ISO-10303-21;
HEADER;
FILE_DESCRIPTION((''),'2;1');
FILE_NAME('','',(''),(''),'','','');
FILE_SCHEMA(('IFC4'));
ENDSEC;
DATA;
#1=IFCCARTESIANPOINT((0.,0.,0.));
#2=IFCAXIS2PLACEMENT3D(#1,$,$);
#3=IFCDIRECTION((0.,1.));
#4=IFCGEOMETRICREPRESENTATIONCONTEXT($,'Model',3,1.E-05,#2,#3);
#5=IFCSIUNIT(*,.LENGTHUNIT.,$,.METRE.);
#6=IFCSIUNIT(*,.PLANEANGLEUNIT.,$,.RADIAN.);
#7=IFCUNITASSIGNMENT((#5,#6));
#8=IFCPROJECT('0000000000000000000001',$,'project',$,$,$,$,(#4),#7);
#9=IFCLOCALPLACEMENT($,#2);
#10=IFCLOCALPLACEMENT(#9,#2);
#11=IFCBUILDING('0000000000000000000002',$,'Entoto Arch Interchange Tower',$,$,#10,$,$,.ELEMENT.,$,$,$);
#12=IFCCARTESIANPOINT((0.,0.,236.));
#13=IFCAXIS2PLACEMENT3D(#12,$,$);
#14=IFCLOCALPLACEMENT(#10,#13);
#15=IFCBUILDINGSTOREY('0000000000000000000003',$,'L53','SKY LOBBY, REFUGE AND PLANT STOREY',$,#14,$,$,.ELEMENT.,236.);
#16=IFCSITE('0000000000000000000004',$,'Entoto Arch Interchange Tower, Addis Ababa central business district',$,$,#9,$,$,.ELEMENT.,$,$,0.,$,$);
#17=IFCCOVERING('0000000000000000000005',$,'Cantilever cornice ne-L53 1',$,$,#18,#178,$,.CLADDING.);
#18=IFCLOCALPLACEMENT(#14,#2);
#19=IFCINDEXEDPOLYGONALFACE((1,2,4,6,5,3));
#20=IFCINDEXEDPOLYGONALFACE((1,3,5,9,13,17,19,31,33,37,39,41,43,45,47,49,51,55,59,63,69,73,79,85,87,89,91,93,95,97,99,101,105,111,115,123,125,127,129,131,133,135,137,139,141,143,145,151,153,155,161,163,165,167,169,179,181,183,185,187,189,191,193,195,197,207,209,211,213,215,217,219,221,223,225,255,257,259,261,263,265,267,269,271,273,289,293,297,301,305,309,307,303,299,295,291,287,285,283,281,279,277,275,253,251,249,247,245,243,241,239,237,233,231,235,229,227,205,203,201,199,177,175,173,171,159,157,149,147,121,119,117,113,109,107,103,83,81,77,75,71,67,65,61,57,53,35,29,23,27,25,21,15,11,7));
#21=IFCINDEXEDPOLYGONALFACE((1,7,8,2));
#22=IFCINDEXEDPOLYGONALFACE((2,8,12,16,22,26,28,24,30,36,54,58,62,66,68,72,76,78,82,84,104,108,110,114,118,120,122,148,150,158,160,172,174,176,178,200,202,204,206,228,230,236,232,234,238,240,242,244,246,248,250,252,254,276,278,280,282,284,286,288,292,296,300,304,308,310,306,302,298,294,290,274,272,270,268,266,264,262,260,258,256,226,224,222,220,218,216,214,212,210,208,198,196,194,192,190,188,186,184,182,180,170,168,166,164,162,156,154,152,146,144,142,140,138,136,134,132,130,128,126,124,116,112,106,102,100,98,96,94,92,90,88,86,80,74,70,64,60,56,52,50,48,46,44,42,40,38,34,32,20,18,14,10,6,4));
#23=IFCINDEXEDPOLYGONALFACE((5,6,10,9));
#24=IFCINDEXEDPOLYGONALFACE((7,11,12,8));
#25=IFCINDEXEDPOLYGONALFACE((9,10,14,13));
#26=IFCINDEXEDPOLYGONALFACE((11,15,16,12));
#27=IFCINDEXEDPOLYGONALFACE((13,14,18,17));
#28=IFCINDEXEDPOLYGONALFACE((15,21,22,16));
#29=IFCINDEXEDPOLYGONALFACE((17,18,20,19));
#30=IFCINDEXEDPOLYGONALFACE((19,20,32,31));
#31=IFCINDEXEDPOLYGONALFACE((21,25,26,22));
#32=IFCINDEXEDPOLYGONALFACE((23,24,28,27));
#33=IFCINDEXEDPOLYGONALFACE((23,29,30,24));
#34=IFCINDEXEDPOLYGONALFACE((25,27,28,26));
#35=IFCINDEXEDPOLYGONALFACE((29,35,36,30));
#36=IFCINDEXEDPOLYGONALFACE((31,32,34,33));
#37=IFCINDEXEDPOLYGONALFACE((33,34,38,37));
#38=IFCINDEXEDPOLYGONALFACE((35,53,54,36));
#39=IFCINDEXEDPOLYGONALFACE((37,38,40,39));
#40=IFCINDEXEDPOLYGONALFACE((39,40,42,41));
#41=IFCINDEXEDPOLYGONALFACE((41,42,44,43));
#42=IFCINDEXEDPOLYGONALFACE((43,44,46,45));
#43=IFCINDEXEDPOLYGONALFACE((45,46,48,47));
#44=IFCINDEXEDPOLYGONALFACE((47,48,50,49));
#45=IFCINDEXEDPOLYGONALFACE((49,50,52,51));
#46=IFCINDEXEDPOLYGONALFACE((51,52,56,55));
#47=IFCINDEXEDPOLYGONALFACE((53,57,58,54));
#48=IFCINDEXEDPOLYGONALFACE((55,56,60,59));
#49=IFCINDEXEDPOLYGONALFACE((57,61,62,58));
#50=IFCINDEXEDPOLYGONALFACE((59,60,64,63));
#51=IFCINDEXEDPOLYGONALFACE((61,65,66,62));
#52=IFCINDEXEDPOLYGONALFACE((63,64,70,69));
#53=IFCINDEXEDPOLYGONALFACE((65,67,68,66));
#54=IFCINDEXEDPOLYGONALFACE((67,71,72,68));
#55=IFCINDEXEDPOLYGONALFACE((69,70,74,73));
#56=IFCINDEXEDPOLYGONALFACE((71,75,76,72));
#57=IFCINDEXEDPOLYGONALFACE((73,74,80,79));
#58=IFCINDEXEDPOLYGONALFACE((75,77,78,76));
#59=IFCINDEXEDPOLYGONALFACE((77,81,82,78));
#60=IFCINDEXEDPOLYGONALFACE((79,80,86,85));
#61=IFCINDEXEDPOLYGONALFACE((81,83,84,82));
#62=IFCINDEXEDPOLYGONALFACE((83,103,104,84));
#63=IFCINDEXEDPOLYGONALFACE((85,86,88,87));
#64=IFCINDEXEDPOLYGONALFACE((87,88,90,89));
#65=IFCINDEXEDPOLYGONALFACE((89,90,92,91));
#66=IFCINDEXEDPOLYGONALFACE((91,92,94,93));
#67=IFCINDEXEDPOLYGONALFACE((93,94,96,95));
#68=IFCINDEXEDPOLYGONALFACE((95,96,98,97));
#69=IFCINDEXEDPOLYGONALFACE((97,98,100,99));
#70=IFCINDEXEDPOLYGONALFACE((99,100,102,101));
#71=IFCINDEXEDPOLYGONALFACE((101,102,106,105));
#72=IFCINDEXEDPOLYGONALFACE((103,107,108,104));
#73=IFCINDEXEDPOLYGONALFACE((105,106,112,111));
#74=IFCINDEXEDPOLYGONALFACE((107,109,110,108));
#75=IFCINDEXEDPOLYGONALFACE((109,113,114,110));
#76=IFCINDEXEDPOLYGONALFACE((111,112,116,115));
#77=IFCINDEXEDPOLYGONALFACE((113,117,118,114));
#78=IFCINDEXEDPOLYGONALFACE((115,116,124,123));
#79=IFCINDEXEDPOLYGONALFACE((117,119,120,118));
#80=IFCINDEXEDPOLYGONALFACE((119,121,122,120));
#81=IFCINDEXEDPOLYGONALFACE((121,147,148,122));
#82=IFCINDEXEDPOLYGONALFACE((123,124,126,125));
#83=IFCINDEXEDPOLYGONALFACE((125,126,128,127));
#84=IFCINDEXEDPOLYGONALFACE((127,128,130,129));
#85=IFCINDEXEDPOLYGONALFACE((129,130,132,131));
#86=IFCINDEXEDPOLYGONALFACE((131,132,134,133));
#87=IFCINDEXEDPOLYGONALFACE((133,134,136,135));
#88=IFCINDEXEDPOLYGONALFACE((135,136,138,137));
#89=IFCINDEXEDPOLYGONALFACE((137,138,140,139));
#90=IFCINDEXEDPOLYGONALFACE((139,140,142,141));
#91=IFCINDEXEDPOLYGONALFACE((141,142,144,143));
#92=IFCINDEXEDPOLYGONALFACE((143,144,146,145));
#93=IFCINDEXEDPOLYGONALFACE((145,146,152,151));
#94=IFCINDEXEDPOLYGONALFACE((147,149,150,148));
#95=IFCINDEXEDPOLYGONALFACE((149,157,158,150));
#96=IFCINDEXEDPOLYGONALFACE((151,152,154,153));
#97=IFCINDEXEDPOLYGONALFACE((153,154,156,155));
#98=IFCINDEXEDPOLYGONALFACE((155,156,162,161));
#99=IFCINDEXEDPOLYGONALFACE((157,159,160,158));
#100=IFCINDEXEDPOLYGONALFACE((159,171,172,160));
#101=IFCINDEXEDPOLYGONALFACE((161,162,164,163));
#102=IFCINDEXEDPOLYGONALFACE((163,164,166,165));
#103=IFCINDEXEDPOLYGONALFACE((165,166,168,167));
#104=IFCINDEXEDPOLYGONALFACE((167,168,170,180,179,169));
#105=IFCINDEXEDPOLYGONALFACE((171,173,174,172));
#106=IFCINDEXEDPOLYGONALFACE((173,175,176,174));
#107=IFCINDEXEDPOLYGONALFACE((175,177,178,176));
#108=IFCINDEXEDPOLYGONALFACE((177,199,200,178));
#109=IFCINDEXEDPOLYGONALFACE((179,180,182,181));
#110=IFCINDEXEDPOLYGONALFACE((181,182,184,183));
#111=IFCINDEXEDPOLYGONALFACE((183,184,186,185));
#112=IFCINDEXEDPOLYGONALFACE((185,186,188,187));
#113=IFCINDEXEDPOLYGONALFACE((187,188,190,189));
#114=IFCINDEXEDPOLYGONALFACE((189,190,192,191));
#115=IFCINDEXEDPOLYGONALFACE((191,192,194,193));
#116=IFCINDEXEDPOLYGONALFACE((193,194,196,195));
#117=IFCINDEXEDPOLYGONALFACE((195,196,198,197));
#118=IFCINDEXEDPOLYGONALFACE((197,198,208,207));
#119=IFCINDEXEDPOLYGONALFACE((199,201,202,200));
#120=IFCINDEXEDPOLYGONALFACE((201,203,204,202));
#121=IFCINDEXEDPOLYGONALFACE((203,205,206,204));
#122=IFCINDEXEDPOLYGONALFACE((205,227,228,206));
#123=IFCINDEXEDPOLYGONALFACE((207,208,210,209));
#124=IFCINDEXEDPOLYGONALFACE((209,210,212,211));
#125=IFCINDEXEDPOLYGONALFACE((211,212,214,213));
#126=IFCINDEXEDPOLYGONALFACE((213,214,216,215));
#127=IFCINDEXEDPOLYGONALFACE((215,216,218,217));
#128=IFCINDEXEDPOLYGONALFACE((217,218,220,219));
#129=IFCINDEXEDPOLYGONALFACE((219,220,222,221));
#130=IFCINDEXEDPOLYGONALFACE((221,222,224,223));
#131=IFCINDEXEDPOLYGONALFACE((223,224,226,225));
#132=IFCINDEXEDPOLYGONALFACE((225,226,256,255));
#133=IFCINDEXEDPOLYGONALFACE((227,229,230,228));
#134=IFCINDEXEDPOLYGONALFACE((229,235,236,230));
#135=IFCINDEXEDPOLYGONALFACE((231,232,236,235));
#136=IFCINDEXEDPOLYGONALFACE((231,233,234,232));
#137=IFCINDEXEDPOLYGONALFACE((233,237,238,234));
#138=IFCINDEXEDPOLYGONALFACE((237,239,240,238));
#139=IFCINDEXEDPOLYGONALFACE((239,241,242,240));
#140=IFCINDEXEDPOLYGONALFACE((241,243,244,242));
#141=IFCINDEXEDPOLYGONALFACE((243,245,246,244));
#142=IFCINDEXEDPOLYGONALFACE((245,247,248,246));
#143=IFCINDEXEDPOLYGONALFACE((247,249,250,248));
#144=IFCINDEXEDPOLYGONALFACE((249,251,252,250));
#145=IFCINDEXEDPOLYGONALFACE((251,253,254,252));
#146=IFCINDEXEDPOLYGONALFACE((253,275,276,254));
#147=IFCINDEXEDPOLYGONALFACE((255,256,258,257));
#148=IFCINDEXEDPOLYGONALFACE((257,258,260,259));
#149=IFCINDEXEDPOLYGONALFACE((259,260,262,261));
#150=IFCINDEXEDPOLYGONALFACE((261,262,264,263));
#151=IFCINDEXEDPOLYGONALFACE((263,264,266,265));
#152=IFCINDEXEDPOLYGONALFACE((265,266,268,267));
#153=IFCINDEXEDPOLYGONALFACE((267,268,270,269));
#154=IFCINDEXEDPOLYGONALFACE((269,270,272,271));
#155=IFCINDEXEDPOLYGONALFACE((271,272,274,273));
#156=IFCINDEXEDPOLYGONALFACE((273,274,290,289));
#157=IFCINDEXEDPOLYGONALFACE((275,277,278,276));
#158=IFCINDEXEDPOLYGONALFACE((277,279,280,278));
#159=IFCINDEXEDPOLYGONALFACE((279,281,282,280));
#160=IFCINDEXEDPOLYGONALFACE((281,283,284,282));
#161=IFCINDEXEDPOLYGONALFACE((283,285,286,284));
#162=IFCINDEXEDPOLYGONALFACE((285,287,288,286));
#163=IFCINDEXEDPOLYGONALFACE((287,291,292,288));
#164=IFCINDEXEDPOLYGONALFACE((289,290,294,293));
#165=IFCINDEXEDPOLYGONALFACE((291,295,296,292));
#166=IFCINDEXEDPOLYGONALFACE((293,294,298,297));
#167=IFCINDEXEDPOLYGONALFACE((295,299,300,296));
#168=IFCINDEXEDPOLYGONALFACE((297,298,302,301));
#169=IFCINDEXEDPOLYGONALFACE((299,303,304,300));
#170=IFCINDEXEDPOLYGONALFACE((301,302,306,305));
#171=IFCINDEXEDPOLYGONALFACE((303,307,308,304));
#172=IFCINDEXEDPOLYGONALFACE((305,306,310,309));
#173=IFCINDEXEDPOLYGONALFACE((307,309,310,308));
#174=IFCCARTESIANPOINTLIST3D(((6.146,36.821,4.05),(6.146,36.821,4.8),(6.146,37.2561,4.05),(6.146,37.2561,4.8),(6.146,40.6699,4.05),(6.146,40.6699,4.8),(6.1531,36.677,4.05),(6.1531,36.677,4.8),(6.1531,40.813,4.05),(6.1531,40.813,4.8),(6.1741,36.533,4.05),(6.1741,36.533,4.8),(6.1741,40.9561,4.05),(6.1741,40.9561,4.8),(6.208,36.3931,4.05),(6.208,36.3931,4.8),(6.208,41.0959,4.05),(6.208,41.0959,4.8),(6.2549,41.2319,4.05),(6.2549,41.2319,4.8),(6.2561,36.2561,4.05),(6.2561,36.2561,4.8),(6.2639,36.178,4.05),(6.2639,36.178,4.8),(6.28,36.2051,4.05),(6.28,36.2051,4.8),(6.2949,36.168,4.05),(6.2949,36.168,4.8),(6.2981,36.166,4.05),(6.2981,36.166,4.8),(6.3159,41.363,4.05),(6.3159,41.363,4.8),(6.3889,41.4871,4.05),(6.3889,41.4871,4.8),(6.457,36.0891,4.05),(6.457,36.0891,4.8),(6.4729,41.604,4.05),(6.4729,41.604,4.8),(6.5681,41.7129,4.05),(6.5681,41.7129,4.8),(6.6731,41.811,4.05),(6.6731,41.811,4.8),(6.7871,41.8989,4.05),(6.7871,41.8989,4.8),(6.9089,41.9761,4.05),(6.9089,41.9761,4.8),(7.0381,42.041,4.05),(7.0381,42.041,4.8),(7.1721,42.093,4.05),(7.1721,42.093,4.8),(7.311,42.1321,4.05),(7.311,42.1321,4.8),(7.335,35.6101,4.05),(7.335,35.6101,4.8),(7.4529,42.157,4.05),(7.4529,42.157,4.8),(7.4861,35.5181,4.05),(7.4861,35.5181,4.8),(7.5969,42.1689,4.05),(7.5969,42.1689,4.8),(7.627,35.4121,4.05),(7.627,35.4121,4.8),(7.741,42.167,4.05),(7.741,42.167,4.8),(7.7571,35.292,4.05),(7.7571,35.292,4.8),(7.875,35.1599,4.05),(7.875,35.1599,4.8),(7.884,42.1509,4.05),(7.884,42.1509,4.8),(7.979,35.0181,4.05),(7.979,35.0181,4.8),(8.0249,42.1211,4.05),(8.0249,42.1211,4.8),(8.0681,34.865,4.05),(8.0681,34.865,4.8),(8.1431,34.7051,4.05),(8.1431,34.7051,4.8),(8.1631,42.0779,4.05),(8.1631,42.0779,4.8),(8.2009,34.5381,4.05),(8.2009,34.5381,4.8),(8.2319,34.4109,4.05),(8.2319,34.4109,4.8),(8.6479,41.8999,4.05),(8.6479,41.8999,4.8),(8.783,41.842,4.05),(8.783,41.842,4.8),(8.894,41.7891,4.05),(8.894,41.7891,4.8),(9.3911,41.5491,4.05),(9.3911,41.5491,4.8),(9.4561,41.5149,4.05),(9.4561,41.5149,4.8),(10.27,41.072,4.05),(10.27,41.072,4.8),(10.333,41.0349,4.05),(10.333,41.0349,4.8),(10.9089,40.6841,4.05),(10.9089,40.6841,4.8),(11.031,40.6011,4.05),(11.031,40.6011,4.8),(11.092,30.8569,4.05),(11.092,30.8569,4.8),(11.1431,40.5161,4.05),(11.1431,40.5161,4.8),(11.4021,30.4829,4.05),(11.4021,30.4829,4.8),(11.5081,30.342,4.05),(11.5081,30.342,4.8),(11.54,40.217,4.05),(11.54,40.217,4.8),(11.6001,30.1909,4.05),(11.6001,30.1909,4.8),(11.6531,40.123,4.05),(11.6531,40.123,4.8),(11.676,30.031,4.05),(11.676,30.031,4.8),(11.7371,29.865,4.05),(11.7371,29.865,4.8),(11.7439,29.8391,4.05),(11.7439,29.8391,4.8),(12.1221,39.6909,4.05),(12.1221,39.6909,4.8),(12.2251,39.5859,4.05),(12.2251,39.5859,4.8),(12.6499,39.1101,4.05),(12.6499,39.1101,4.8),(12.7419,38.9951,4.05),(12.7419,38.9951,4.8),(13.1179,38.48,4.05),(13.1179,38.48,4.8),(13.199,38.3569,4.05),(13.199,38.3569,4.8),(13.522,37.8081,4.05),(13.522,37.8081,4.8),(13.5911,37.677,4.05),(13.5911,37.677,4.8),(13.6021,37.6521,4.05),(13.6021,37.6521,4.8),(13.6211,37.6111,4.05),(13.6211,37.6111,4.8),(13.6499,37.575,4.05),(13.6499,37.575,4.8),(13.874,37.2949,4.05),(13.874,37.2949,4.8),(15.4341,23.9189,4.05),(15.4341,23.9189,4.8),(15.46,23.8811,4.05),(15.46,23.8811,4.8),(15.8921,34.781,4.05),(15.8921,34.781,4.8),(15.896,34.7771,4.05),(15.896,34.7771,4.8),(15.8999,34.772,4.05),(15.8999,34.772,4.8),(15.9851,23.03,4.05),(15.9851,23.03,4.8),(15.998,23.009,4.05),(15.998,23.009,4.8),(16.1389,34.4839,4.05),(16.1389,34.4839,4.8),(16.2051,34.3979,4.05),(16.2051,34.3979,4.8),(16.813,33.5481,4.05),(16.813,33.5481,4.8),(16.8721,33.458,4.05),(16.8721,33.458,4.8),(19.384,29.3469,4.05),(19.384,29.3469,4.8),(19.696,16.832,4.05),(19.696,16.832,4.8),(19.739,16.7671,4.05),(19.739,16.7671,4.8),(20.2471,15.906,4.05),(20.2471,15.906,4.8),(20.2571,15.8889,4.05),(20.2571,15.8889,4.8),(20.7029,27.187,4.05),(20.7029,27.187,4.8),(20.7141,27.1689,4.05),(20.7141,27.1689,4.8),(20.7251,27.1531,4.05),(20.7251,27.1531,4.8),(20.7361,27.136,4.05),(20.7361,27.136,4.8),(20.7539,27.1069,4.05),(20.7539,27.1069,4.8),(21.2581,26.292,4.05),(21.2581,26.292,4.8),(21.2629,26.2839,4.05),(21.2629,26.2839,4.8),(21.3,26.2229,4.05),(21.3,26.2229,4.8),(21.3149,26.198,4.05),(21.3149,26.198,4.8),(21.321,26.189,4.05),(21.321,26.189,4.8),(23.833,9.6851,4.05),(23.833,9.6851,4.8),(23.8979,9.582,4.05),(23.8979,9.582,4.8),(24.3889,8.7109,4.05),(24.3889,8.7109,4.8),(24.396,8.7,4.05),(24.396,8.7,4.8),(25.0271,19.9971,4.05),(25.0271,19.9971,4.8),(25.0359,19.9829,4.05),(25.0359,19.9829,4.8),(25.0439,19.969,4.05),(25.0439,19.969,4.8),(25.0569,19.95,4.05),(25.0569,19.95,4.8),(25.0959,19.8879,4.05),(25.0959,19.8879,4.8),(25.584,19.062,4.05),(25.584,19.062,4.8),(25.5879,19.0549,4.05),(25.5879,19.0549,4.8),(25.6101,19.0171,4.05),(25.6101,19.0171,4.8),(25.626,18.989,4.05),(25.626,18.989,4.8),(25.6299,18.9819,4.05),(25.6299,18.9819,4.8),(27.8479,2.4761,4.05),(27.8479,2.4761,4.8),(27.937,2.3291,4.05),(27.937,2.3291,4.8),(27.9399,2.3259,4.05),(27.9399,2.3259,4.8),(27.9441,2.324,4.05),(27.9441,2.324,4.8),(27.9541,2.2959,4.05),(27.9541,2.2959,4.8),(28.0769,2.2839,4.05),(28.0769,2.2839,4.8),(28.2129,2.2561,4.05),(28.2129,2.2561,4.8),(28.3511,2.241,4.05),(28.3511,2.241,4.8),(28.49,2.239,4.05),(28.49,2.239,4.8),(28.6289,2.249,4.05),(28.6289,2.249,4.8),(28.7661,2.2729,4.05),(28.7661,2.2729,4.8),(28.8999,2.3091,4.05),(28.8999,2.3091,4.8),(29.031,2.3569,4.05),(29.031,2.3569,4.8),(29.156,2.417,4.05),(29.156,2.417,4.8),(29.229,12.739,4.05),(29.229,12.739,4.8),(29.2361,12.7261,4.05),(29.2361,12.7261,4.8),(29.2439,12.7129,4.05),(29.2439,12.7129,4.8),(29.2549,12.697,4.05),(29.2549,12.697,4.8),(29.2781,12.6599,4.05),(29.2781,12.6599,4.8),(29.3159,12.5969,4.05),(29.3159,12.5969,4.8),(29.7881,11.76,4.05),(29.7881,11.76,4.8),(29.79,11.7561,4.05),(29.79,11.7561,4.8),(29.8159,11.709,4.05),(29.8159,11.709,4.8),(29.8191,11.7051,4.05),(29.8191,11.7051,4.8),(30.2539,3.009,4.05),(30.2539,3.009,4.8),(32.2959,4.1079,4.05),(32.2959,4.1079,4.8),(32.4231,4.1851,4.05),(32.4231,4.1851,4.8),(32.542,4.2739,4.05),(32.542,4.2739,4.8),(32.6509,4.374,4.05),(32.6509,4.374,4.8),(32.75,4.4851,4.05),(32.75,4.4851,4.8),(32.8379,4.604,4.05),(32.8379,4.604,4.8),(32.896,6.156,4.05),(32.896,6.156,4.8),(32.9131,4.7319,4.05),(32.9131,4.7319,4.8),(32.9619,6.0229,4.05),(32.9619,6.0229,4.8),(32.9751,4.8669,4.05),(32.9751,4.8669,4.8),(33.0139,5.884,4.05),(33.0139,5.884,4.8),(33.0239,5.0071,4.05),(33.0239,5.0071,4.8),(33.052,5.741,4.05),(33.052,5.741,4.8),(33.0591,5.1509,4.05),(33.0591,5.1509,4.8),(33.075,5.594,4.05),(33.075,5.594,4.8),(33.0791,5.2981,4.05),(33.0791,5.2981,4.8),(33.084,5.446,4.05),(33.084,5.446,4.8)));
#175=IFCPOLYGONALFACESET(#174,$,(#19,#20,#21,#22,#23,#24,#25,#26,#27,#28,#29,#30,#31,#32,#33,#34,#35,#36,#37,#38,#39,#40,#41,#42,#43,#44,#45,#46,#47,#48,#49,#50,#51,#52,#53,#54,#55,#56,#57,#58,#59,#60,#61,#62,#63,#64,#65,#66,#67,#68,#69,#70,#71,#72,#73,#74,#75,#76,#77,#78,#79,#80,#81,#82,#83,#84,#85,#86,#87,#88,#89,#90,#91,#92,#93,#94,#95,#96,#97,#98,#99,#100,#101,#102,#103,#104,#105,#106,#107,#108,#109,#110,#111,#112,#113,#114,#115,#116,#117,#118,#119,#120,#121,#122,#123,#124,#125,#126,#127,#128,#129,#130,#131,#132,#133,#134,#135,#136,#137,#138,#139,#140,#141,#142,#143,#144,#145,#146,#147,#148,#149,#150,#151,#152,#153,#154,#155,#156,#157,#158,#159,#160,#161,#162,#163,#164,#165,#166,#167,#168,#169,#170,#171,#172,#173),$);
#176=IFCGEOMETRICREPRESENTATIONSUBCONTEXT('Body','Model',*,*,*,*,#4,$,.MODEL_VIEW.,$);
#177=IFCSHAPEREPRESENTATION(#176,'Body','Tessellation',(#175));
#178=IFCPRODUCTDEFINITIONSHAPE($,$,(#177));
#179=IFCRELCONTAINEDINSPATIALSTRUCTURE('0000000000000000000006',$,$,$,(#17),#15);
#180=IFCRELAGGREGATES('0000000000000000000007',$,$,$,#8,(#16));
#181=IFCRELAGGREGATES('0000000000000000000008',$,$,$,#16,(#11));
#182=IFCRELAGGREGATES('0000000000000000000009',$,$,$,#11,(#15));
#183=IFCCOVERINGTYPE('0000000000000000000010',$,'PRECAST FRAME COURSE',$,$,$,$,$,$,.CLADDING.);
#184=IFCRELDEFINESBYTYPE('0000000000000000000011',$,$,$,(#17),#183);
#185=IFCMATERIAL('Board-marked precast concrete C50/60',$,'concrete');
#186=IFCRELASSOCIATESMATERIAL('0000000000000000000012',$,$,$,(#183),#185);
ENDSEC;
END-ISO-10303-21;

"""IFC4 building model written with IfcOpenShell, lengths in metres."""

from ifc_helpers import new_model, si_unit, direction, frame, origin, place, context, subcontext, project, spatial, polyline, outline, extrude, material, type_object, element, save


model = new_model("IFC4")

# Units and contexts
model_context = context("Model", 3, precision=1e-05, world=origin(), true_north=direction((0.0, 1.0)))
body_context = subcontext(model_context, "Body", "Model", "MODEL_VIEW")
ifc_project = project(units=[si_unit("LENGTHUNIT", "METRE"), si_unit("PLANEANGLEUNIT", "RADIAN")], contexts=[model_context])

# Site, building, storey
site_placement = place(None, origin())
site = spatial("IfcSite", under=ifc_project, at=site_placement, Name="Entoto Arch Interchange Tower, Addis Ababa central business district", CompositionType="ELEMENT", RefElevation=0.0)
building_placement = place(site_placement, origin())
building = spatial("IfcBuilding", under=site, at=building_placement, Name="Entoto Arch Interchange Tower", CompositionType="ELEMENT")
storey_placement = place(building_placement, frame((0.0, 0.0, 236.0)))
storey = spatial("IfcBuildingStorey", under=building, at=storey_placement, Name="L53", Description="SKY LOBBY, REFUGE AND PLANT STOREY", CompositionType="ELEMENT", Elevation=236.0)

# Covering
ifc_material_1 = material(Name="Board-marked precast concrete C50/60", Category="concrete")
covering_type = type_object("IfcCoveringType", Name="PRECAST FRAME COURSE", PredefinedType="CLADDING", material=ifc_material_1)
covering_1_placement = place(storey_placement, frame((0.0, 0.0, 4.05)))
element("IfcCovering", 1, at=covering_1_placement, inside=storey, type_object=covering_type, Name="Cantilever cornice ne-L53 1", PredefinedType="CLADDING", context=body_context, shape_type="SweptSolid", body=[
    extrude(outline(polyline([(6.2561, 36.2561), (6.208, 36.3931), (6.1741, 36.533), (6.1531, 36.677), (6.146, 36.821), (6.146, 37.2561), (6.146, 40.6699), (6.1531, 40.813), (6.1741, 40.9561), (6.208, 41.0959), (6.2549, 41.2319), (6.3159, 41.363), (6.3889, 41.4871), (6.4729, 41.604), (6.5681, 41.7129), (6.6731, 41.811), (6.7871, 41.8989), (6.9089, 41.9761), (7.0381, 42.041), (7.1721, 42.093), (7.311, 42.1321), (7.4529, 42.157), (7.5969, 42.1689), (7.741, 42.167), (7.884, 42.1509), (8.0249, 42.1211), (8.1631, 42.0779), (8.6479, 41.8999), (8.783, 41.842), (8.894, 41.7891), (9.3911, 41.5491), (9.4561, 41.5149), (10.27, 41.072), (10.333, 41.0349), (10.9089, 40.6841), (11.031, 40.6011), (11.1431, 40.5161), (11.54, 40.217), (11.6531, 40.123), (12.1221, 39.6909), (12.2251, 39.5859), (12.6499, 39.1101), (12.7419, 38.9951), (13.1179, 38.48), (13.199, 38.3569), (13.522, 37.8081), (13.5911, 37.677), (13.6021, 37.6521), (13.6211, 37.6111), (13.6499, 37.575), (13.874, 37.2949), (15.8921, 34.781), (15.896, 34.7771), (15.8999, 34.772), (16.1389, 34.4839), (16.2051, 34.3979), (16.813, 33.5481), (16.8721, 33.458), (19.384, 29.3469), (20.7029, 27.187), (20.7141, 27.1689), (20.7251, 27.1531), (20.7361, 27.136), (20.7361, 27.136), (20.7539, 27.1069), (21.2581, 26.292), (21.2629, 26.2839), (21.3, 26.2229), (21.3149, 26.198), (21.321, 26.189), (25.0271, 19.9971), (25.0359, 19.9829), (25.0439, 19.969), (25.0569, 19.95), (25.0959, 19.8879), (25.584, 19.062), (25.5879, 19.0549), (25.6101, 19.0171), (25.626, 18.989), (25.6299, 18.9819), (29.229, 12.739), (29.2361, 12.7261), (29.2439, 12.7129), (29.2549, 12.697), (29.2781, 12.6599), (29.3159, 12.5969), (29.7881, 11.76), (29.79, 11.7561), (29.8159, 11.709), (29.8191, 11.7051), (32.896, 6.156), (32.9619, 6.0229), (33.0139, 5.884), (33.052, 5.741), (33.075, 5.594), (33.084, 5.446), (33.0791, 5.2981), (33.0591, 5.1509), (33.0239, 5.0071), (32.9751, 4.8669), (32.9131, 4.7319), (32.8379, 4.604), (32.75, 4.4851), (32.6509, 4.374), (32.542, 4.2739), (32.4231, 4.1851), (32.2959, 4.1079), (30.2539, 3.009), (29.156, 2.417), (29.031, 2.3569), (28.8999, 2.3091), (28.7661, 2.2729), (28.6289, 2.249), (28.49, 2.239), (28.3511, 2.241), (28.2129, 2.2561), (28.0769, 2.2839), (27.9441, 2.324), (27.9399, 2.3259), (27.9541, 2.2959), (27.937, 2.3291), (27.8479, 2.4761), (24.396, 8.7), (24.3889, 8.7109), (23.8979, 9.582), (23.833, 9.6851), (20.2571, 15.8889), (20.2471, 15.906), (19.739, 16.7671), (19.696, 16.832), (15.998, 23.009), (15.9851, 23.03), (15.46, 23.8811), (15.4341, 23.9189), (11.7439, 29.8391), (11.7371, 29.865), (11.676, 30.031), (11.6001, 30.1909), (11.5081, 30.342), (11.4021, 30.4829), (11.092, 30.8569), (8.2319, 34.4109), (8.2009, 34.5381), (8.1431, 34.7051), (8.0681, 34.865), (7.979, 35.0181), (7.875, 35.1599), (7.7571, 35.292), (7.627, 35.4121), (7.4861, 35.5181), (7.335, 35.6101), (6.457, 36.0891), (6.2981, 36.166), (6.2639, 36.178), (6.2949, 36.168), (6.28, 36.2051), (6.2561, 36.2561)])), origin(), (0.0, 0.0, 1.0), 0.75),
])

save(model, "model.ifc")
